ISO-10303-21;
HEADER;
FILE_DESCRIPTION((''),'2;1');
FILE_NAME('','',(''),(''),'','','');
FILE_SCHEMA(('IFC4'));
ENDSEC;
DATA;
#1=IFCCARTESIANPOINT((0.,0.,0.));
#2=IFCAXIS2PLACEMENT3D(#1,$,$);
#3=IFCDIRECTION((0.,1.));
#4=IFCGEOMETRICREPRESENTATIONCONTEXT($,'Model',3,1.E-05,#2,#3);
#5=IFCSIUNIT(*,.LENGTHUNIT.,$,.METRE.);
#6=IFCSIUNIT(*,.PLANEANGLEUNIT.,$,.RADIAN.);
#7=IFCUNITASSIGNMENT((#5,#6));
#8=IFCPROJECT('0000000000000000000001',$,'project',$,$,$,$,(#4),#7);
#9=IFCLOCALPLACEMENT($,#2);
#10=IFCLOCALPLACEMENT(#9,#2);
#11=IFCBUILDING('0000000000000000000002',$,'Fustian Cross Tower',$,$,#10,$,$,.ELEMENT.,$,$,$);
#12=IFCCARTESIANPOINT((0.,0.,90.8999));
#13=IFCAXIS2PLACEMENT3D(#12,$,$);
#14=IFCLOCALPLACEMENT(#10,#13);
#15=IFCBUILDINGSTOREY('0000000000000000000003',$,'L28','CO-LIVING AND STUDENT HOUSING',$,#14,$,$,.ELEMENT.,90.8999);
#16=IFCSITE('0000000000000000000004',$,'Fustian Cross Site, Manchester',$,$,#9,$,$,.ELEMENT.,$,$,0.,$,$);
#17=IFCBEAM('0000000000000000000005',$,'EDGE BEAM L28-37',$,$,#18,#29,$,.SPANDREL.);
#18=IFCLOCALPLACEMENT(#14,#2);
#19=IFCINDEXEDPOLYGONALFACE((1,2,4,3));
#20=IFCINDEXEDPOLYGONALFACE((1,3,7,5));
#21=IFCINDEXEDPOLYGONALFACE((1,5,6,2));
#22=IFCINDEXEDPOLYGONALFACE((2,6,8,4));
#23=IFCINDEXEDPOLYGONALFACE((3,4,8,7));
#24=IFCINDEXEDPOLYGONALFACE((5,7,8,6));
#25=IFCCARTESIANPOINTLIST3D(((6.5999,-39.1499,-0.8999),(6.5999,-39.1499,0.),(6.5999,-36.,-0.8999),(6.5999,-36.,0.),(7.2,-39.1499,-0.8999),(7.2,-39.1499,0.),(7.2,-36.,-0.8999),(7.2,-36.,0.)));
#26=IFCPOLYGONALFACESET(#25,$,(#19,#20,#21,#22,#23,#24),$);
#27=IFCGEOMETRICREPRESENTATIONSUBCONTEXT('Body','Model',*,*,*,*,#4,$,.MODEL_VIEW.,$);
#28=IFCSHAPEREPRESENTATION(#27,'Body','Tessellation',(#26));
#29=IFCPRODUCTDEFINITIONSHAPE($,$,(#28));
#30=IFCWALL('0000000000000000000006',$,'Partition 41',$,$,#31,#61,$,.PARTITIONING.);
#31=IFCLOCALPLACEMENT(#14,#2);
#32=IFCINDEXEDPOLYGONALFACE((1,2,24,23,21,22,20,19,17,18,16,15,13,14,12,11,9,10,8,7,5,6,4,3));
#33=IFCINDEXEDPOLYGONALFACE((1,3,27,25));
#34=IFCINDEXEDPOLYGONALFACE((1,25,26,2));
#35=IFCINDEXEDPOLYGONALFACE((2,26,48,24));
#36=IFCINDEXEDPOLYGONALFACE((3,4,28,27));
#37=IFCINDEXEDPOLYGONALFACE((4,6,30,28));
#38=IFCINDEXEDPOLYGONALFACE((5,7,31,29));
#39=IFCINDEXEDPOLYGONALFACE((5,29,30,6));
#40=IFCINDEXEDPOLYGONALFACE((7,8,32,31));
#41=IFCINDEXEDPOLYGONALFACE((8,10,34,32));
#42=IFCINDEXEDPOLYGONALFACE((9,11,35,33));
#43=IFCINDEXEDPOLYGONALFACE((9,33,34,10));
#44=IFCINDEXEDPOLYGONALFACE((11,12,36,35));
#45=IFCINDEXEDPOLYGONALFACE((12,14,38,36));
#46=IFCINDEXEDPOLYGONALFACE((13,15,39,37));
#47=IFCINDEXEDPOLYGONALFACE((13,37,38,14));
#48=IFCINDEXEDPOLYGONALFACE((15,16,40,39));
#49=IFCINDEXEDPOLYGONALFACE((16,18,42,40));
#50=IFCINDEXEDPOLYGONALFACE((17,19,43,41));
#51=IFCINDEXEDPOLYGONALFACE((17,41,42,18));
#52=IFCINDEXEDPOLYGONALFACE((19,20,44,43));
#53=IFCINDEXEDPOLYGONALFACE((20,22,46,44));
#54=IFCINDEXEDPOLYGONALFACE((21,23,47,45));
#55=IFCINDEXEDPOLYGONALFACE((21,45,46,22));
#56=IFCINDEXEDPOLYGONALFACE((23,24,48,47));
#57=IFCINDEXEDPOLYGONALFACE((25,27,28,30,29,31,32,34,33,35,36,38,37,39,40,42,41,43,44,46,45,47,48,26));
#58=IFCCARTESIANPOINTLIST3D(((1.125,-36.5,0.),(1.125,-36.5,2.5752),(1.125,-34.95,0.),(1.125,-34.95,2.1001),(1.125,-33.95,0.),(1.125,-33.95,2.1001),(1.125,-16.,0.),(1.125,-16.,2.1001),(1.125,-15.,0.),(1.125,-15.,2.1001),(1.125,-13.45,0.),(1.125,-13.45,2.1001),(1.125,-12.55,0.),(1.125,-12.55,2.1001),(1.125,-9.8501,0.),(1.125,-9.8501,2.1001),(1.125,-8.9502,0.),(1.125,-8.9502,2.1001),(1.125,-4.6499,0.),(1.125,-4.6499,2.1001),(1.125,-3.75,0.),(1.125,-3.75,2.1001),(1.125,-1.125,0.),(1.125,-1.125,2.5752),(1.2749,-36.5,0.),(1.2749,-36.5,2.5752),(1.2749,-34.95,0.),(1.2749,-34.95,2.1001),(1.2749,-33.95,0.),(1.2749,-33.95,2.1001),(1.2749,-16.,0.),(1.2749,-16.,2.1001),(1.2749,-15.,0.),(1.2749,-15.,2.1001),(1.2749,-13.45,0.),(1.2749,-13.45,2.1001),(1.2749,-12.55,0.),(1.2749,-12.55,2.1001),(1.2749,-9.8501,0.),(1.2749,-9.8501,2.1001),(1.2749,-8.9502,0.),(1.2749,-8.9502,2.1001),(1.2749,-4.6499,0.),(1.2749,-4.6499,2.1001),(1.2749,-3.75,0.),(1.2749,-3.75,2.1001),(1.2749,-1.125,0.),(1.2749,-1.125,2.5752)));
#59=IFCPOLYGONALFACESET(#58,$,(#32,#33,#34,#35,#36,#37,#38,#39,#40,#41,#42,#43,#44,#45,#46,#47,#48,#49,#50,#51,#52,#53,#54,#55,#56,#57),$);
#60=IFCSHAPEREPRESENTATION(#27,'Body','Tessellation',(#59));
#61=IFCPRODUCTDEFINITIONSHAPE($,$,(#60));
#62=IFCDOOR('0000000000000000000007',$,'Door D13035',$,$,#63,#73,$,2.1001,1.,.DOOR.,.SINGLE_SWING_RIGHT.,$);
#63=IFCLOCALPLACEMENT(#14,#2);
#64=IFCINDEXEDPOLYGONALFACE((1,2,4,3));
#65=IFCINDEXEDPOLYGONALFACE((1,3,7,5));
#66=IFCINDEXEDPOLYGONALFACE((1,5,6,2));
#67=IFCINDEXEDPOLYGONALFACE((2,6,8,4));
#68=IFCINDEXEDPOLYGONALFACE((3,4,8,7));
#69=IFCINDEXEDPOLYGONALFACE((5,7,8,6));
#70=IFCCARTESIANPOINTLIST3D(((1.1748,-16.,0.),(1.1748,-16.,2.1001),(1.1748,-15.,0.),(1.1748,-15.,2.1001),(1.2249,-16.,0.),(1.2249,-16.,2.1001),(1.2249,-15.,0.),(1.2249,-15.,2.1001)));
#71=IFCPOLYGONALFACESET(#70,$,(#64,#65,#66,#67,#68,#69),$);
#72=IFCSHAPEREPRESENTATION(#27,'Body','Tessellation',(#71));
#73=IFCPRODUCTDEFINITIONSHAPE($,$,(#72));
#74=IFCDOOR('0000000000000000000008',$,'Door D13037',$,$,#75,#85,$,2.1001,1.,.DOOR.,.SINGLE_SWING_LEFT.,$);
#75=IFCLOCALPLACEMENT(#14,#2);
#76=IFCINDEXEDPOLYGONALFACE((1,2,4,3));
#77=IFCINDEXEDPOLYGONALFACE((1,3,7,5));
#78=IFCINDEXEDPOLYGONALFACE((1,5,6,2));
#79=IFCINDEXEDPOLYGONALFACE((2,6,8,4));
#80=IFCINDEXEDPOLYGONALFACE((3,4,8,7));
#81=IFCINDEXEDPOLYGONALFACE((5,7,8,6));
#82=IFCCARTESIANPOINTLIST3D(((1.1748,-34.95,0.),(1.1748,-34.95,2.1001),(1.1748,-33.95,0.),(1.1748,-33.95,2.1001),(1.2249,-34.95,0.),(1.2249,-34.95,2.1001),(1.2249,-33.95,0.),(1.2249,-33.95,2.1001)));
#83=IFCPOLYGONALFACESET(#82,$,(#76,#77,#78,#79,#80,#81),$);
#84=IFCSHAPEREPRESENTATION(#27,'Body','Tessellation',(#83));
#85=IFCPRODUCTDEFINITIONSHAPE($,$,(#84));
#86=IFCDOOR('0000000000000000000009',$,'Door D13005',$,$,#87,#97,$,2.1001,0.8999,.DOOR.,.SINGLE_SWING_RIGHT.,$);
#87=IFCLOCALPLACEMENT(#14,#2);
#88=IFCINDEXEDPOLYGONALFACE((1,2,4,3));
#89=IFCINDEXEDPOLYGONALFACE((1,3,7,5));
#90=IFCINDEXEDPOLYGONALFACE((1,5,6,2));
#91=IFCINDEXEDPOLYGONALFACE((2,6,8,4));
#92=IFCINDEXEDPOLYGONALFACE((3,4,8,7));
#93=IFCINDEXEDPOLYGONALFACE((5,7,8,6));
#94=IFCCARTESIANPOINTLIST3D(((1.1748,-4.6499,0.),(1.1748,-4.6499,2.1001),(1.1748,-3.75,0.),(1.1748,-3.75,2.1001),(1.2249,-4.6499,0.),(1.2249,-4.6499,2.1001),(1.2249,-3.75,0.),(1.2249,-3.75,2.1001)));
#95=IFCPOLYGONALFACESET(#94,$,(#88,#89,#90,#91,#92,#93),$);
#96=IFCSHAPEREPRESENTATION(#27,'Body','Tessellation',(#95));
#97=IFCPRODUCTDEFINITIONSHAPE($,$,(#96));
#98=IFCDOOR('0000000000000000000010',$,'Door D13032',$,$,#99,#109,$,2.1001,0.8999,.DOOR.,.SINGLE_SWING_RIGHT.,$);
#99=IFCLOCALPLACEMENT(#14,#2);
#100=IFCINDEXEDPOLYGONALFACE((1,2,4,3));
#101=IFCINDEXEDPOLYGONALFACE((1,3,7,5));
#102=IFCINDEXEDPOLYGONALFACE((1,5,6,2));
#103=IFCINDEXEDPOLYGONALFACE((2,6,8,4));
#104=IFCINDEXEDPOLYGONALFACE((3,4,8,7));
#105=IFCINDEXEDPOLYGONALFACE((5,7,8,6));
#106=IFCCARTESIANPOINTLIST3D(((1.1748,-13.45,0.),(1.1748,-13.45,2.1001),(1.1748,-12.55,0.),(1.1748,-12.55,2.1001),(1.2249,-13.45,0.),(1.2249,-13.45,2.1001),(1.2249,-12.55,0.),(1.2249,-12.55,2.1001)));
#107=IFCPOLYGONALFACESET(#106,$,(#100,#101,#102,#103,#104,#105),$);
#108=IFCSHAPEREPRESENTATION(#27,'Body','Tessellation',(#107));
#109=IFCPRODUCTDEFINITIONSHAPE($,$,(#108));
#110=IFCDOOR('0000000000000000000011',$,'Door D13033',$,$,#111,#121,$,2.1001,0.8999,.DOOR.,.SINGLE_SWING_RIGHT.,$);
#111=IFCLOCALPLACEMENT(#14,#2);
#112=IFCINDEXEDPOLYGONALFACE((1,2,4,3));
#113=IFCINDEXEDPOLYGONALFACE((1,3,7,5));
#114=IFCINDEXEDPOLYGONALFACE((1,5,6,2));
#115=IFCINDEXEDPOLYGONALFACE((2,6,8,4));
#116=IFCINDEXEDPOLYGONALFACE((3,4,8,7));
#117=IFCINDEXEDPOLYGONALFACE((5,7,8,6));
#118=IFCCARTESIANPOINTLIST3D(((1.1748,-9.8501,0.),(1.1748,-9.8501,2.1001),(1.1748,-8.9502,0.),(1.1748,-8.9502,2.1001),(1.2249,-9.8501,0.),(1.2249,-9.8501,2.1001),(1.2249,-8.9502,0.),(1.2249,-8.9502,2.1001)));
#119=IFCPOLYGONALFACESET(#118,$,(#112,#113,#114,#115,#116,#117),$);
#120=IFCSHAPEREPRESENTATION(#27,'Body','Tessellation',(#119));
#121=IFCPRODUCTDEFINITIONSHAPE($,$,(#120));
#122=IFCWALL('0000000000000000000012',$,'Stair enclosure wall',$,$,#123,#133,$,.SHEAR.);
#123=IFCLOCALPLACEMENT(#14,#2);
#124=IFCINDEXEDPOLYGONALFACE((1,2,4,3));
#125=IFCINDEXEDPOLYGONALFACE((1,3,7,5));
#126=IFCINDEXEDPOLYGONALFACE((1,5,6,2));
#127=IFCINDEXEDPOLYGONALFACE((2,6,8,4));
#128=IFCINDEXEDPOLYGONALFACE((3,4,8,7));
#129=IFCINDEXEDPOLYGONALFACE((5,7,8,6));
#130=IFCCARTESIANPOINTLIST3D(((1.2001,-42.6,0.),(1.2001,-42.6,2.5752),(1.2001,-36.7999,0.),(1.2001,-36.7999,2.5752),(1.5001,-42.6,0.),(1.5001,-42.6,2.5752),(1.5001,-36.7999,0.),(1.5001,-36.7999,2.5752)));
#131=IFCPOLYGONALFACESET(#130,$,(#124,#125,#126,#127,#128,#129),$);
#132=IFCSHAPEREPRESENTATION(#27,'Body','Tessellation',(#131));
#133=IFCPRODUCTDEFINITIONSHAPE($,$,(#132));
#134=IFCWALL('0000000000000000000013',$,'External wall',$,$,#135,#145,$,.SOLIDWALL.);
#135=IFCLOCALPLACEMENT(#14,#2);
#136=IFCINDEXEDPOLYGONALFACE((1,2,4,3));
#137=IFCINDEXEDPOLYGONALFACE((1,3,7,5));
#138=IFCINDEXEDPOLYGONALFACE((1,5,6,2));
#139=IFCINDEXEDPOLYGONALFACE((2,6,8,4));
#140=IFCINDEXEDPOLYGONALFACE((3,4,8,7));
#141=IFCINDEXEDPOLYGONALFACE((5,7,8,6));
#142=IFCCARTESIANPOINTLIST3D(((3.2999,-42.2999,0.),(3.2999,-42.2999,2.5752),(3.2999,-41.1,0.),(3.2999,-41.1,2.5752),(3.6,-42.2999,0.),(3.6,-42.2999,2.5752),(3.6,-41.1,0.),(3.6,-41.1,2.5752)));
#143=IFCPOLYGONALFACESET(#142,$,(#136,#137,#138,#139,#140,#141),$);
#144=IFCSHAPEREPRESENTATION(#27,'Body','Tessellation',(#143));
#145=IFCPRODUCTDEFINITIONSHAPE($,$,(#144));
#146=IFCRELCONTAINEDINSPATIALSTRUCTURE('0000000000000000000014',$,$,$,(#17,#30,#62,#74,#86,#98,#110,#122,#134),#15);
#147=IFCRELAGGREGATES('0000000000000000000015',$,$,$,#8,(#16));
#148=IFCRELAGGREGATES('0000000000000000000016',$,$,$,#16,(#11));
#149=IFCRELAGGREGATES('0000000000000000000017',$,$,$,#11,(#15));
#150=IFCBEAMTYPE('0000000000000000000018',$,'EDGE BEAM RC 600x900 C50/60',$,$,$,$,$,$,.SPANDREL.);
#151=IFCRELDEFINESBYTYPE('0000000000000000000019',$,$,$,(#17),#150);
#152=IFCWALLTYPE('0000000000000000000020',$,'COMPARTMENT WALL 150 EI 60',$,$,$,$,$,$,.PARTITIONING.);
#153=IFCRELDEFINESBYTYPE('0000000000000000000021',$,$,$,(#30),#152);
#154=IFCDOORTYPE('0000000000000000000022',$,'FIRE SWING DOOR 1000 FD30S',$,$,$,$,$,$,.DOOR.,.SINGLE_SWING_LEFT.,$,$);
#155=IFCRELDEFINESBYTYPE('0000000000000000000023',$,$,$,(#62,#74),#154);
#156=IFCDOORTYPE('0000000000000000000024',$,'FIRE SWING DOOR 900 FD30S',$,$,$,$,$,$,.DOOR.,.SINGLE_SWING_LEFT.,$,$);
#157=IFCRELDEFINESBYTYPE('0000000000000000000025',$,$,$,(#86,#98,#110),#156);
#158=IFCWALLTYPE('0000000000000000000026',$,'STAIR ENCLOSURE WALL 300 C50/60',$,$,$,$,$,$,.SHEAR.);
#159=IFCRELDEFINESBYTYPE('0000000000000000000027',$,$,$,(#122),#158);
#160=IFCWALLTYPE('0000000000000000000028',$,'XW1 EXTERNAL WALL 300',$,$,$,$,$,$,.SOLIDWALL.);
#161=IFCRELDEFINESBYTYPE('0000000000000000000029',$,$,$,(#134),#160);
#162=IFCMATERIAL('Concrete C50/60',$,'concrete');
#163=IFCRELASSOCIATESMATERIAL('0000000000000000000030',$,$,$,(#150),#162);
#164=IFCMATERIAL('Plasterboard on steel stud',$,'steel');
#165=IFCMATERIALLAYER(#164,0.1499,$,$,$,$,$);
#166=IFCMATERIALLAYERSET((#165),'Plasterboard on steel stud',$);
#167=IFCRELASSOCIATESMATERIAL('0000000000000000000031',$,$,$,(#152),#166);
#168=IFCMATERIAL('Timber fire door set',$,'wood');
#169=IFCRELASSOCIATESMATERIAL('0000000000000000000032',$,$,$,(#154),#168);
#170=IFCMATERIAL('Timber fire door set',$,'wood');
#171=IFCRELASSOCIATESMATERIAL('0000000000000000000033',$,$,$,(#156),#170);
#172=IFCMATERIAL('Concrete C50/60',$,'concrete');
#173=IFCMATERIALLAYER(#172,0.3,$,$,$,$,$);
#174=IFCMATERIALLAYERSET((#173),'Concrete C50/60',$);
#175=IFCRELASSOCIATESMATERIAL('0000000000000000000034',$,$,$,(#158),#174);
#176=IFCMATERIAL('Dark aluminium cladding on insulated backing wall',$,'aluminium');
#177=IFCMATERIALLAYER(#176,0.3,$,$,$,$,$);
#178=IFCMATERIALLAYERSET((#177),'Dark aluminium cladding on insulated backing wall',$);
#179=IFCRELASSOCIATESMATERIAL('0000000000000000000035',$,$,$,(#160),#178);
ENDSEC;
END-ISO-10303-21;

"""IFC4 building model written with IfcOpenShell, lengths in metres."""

from ifc_helpers import new_model, si_unit, direction, frame, frame_2d, origin, origin_2d, place, context, subcontext, project, spatial, rectangle, extrude, material, layer, layer_set, material_profile, profile_set, type_object, element, fill, save


model = new_model("IFC4")

# Units and contexts
model_context = context("Model", 3, precision=1e-05, world=origin(), true_north=direction((0.0, 1.0)))
body_context = subcontext(model_context, "Body", "Model", "MODEL_VIEW")
ifc_project = project(units=[si_unit("LENGTHUNIT", "METRE"), si_unit("PLANEANGLEUNIT", "RADIAN")], contexts=[model_context])

# Site, building, storey
site_placement = place(None, origin())
site = spatial("IfcSite", under=ifc_project, at=site_placement, Name="Fustian Cross Site, Manchester", CompositionType="ELEMENT", RefElevation=0.0)
building_placement = place(site_placement, origin())
building = spatial("IfcBuilding", under=site, at=building_placement, Name="Fustian Cross Tower", CompositionType="ELEMENT")
storey_placement = place(building_placement, frame((0.0, 0.0, 90.8999)))
storey = spatial("IfcBuildingStorey", under=building, at=storey_placement, Name="L28", Description="CO-LIVING AND STUDENT HOUSING", CompositionType="ELEMENT", Elevation=90.8999)

# Beam
ifc_material_1 = material(Name="Concrete C50/60", Category="concrete")
ifc_material_profile_1 = material_profile(ifc_material_1, rectangle(XDim=0.6001, YDim=0.8999, at=origin_2d()), Name="RC 600x900")
ifc_profile_set_1 = profile_set([ifc_material_profile_1], Name="Concrete C50/60")
beam_type = type_object("IfcBeamType", Name="EDGE BEAM RC 600x900 C50/60", PredefinedType="SPANDREL", material=ifc_profile_set_1)
beam_placement = place(storey_placement, frame((6.8999, -39.1499, -0.45), z_axis=(0.0, 1.0, 0.0), x_axis=(-1.0, 0.0, 0.0)))
element("IfcBeam", 1, at=beam_placement, inside=storey, type_object=beam_type, Name="EDGE BEAM L28-37", PredefinedType="SPANDREL", context=body_context, shape_type="SweptSolid", body=[
    extrude(rectangle(XDim=0.6001, YDim=0.8999, at=origin_2d()), origin(), (0.0, 0.0, 1.0), 3.1499),
])

# Wall, openings, doors
ifc_material_2 = material(Name="Plasterboard on steel stud", Category="steel")
ifc_layer_1 = layer(ifc_material_2, 0.1499)
ifc_layer_set_1 = layer_set([ifc_layer_1], Name="Plasterboard on steel stud")
wall_type_1 = type_object("IfcWallType", Name="COMPARTMENT WALL 150 EI 60", PredefinedType="PARTITIONING", material=ifc_layer_set_1)
wall_1_placement = place(storey_placement, frame((1.2, -36.5, 0.0), z_axis=(0.0, 0.0, 1.0), x_axis=(0.0, 1.0, 0.0)))
wall_1 = element("IfcWall", 2, at=wall_1_placement, inside=storey, type_object=wall_type_1, Name="Partition 41", PredefinedType="PARTITIONING", context=body_context, shape_type="SweptSolid", body=[
    extrude(rectangle(XDim=35.375, YDim=0.1499, at=frame_2d((17.6875, 0.0))), origin(), (0.0, 0.0, 1.0), 2.5752),
])
opening_1_placement = place(wall_1_placement, frame((31.8501, 0.0, 0.0)))
opening_1 = element("IfcOpeningElement", 3, at=opening_1_placement, cuts=wall_1, PredefinedType="OPENING", context=body_context, shape_type="SweptSolid", body=[
    extrude(rectangle(XDim=0.8999, YDim=2.1001, at=frame_2d((0.45, 1.05))), frame((0.0, 0.085, 0.0), z_axis=(0.0, -1.0, 0.0), x_axis=(1.0, 0.0, 0.0)), (0.0, 0.0, 1.0), 0.1699),
])
opening_2_placement = place(wall_1_placement, frame((23.05, 0.0, 0.0)))
opening_2 = element("IfcOpeningElement", 4, at=opening_2_placement, cuts=wall_1, PredefinedType="OPENING", context=body_context, shape_type="SweptSolid", body=[
    extrude(rectangle(XDim=0.8999, YDim=2.1001, at=frame_2d((0.45, 1.05))), frame((0.0, 0.085, 0.0), z_axis=(0.0, -1.0, 0.0), x_axis=(1.0, 0.0, 0.0)), (0.0, 0.0, 1.0), 0.1699),
])
opening_3_placement = place(wall_1_placement, frame((26.6499, 0.0, 0.0)))
opening_3 = element("IfcOpeningElement", 5, at=opening_3_placement, cuts=wall_1, PredefinedType="OPENING", context=body_context, shape_type="SweptSolid", body=[
    extrude(rectangle(XDim=0.8999, YDim=2.1001, at=frame_2d((0.45, 1.05))), frame((0.0, 0.085, 0.0), z_axis=(0.0, -1.0, 0.0), x_axis=(1.0, 0.0, 0.0)), (0.0, 0.0, 1.0), 0.1699),
])
opening_4_placement = place(wall_1_placement, frame((20.5, 0.0, 0.0)))
opening_4 = element("IfcOpeningElement", 6, at=opening_4_placement, cuts=wall_1, PredefinedType="OPENING", context=body_context, shape_type="SweptSolid", body=[
    extrude(rectangle(XDim=1.0, YDim=2.1001, at=frame_2d((0.5, 1.05))), frame((0.0, 0.085, 0.0), z_axis=(0.0, -1.0, 0.0), x_axis=(1.0, 0.0, 0.0)), (0.0, 0.0, 1.0), 0.1699),
])
opening_5_placement = place(wall_1_placement, frame((1.55, 0.0, 0.0)))
opening_5 = element("IfcOpeningElement", 7, at=opening_5_placement, cuts=wall_1, PredefinedType="OPENING", context=body_context, shape_type="SweptSolid", body=[
    extrude(rectangle(XDim=1.0, YDim=2.1001, at=frame_2d((0.5, 1.05))), frame((0.0, 0.085, 0.0), z_axis=(0.0, -1.0, 0.0), x_axis=(1.0, 0.0, 0.0)), (0.0, 0.0, 1.0), 0.1699),
])
ifc_material_3 = material(Name="Timber fire door set", Category="wood")
door_type_1 = type_object("IfcDoorType", Name="FIRE SWING DOOR 1000 FD30S", OperationType="SINGLE_SWING_LEFT", PredefinedType="DOOR", material=ifc_material_3)
door_1_placement = place(opening_4_placement, frame((1.0, 0.0, 0.0), z_axis=(0.0, 0.0, 1.0), x_axis=(-1.0, 0.0, 0.0)))
door_1 = element("IfcDoor", 8, at=door_1_placement, inside=storey, type_object=door_type_1, Name="Door D13035", OperationType="SINGLE_SWING_RIGHT", OverallHeight=2.1001, OverallWidth=1.0, PredefinedType="DOOR", context=body_context, shape_type="SweptSolid", body=[
    extrude(rectangle(XDim=1.0, YDim=2.1001, at=frame_2d((0.5, 1.05))), frame((0.0, 0.0249, 0.0), z_axis=(0.0, -1.0, 0.0), x_axis=(1.0, 0.0, 0.0)), (0.0, 0.0, 1.0), 0.05),
])
fill(opening_4, door_1)
door_2_placement = place(opening_5_placement, frame((1.0, 0.0, 0.0), z_axis=(0.0, 0.0, 1.0), x_axis=(-1.0, 0.0, 0.0)))
door_2 = element("IfcDoor", 9, at=door_2_placement, inside=storey, type_object=door_type_1, Name="Door D13037", OperationType="SINGLE_SWING_LEFT", OverallHeight=2.1001, OverallWidth=1.0, PredefinedType="DOOR", context=body_context, shape_type="SweptSolid", body=[
    extrude(rectangle(XDim=1.0, YDim=2.1001, at=frame_2d((0.5, 1.05))), frame((0.0, 0.0249, 0.0), z_axis=(0.0, -1.0, 0.0), x_axis=(1.0, 0.0, 0.0)), (0.0, 0.0, 1.0), 0.05),
])
fill(opening_5, door_2)
ifc_material_4 = material(Name="Timber fire door set", Category="wood")
door_type_2 = type_object("IfcDoorType", Name="FIRE SWING DOOR 900 FD30S", OperationType="SINGLE_SWING_LEFT", PredefinedType="DOOR", material=ifc_material_4)
door_3_placement = place(opening_1_placement, frame((0.8999, 0.0, 0.0), z_axis=(0.0, 0.0, 1.0), x_axis=(-1.0, 0.0, 0.0)))
door_3 = element("IfcDoor", 10, at=door_3_placement, inside=storey, type_object=door_type_2, Name="Door D13005", OperationType="SINGLE_SWING_RIGHT", OverallHeight=2.1001, OverallWidth=0.8999, PredefinedType="DOOR", context=body_context, shape_type="SweptSolid", body=[
    extrude(rectangle(XDim=0.8999, YDim=2.1001, at=frame_2d((0.45, 1.05))), frame((0.0, 0.0249, 0.0), z_axis=(0.0, -1.0, 0.0), x_axis=(1.0, 0.0, 0.0)), (0.0, 0.0, 1.0), 0.05),
])
fill(opening_1, door_3)
door_4_placement = place(opening_2_placement, frame((0.8999, 0.0, 0.0), z_axis=(0.0, 0.0, 1.0), x_axis=(-1.0, 0.0, 0.0)))
door_4 = element("IfcDoor", 11, at=door_4_placement, inside=storey, type_object=door_type_2, Name="Door D13032", OperationType="SINGLE_SWING_RIGHT", OverallHeight=2.1001, OverallWidth=0.8999, PredefinedType="DOOR", context=body_context, shape_type="SweptSolid", body=[
    extrude(rectangle(XDim=0.8999, YDim=2.1001, at=frame_2d((0.45, 1.05))), frame((0.0, 0.0249, 0.0), z_axis=(0.0, -1.0, 0.0), x_axis=(1.0, 0.0, 0.0)), (0.0, 0.0, 1.0), 0.05),
])
fill(opening_2, door_4)
door_5_placement = place(opening_3_placement, frame((0.8999, 0.0, 0.0), z_axis=(0.0, 0.0, 1.0), x_axis=(-1.0, 0.0, 0.0)))
door_5 = element("IfcDoor", 12, at=door_5_placement, inside=storey, type_object=door_type_2, Name="Door D13033", OperationType="SINGLE_SWING_RIGHT", OverallHeight=2.1001, OverallWidth=0.8999, PredefinedType="DOOR", context=body_context, shape_type="SweptSolid", body=[
    extrude(rectangle(XDim=0.8999, YDim=2.1001, at=frame_2d((0.45, 1.05))), frame((0.0, 0.0249, 0.0), z_axis=(0.0, -1.0, 0.0), x_axis=(1.0, 0.0, 0.0)), (0.0, 0.0, 1.0), 0.05),
])
fill(opening_3, door_5)

# Walls
ifc_material_5 = material(Name="Concrete C50/60", Category="concrete")
ifc_layer_2 = layer(ifc_material_5, 0.3)
ifc_layer_set_2 = layer_set([ifc_layer_2], Name="Concrete C50/60")
wall_type_2 = type_object("IfcWallType", Name="STAIR ENCLOSURE WALL 300 C50/60", PredefinedType="SHEAR", material=ifc_layer_set_2)
wall_2_placement = place(storey_placement, frame((1.3501, -36.8, 0.0), z_axis=(0.0, 0.0, 1.0), x_axis=(0.0, -1.0, 0.0)))
element("IfcWall", 13, at=wall_2_placement, inside=storey, type_object=wall_type_2, Name="Stair enclosure wall", PredefinedType="SHEAR", context=body_context, shape_type="SweptSolid", body=[
    extrude(rectangle(XDim=5.8, YDim=0.3, at=frame_2d((2.8999, 0.0))), origin(), (0.0, 0.0, 1.0), 2.5752),
])
ifc_material_6 = material(Name="Dark aluminium cladding on insulated backing wall", Category="aluminium")
ifc_layer_3 = layer(ifc_material_6, 0.3)
ifc_layer_set_3 = layer_set([ifc_layer_3], Name="Dark aluminium cladding on insulated backing wall")
wall_type_3 = type_object("IfcWallType", Name="XW1 EXTERNAL WALL 300", PredefinedType="SOLIDWALL", material=ifc_layer_set_3)
wall_3_placement = place(storey_placement, frame((3.45, -42.3, 0.0), z_axis=(0.0, 0.0, 1.0), x_axis=(0.0, 1.0, 0.0)))
element("IfcWall", 14, at=wall_3_placement, inside=storey, type_object=wall_type_3, Name="External wall", PredefinedType="SOLIDWALL", context=body_context, shape_type="SweptSolid", body=[
    extrude(rectangle(XDim=1.2, YDim=0.3, at=frame_2d((0.6001, 0.0))), origin(), (0.0, 0.0, 1.0), 2.5752),
])

save(model, "model.ifc")
